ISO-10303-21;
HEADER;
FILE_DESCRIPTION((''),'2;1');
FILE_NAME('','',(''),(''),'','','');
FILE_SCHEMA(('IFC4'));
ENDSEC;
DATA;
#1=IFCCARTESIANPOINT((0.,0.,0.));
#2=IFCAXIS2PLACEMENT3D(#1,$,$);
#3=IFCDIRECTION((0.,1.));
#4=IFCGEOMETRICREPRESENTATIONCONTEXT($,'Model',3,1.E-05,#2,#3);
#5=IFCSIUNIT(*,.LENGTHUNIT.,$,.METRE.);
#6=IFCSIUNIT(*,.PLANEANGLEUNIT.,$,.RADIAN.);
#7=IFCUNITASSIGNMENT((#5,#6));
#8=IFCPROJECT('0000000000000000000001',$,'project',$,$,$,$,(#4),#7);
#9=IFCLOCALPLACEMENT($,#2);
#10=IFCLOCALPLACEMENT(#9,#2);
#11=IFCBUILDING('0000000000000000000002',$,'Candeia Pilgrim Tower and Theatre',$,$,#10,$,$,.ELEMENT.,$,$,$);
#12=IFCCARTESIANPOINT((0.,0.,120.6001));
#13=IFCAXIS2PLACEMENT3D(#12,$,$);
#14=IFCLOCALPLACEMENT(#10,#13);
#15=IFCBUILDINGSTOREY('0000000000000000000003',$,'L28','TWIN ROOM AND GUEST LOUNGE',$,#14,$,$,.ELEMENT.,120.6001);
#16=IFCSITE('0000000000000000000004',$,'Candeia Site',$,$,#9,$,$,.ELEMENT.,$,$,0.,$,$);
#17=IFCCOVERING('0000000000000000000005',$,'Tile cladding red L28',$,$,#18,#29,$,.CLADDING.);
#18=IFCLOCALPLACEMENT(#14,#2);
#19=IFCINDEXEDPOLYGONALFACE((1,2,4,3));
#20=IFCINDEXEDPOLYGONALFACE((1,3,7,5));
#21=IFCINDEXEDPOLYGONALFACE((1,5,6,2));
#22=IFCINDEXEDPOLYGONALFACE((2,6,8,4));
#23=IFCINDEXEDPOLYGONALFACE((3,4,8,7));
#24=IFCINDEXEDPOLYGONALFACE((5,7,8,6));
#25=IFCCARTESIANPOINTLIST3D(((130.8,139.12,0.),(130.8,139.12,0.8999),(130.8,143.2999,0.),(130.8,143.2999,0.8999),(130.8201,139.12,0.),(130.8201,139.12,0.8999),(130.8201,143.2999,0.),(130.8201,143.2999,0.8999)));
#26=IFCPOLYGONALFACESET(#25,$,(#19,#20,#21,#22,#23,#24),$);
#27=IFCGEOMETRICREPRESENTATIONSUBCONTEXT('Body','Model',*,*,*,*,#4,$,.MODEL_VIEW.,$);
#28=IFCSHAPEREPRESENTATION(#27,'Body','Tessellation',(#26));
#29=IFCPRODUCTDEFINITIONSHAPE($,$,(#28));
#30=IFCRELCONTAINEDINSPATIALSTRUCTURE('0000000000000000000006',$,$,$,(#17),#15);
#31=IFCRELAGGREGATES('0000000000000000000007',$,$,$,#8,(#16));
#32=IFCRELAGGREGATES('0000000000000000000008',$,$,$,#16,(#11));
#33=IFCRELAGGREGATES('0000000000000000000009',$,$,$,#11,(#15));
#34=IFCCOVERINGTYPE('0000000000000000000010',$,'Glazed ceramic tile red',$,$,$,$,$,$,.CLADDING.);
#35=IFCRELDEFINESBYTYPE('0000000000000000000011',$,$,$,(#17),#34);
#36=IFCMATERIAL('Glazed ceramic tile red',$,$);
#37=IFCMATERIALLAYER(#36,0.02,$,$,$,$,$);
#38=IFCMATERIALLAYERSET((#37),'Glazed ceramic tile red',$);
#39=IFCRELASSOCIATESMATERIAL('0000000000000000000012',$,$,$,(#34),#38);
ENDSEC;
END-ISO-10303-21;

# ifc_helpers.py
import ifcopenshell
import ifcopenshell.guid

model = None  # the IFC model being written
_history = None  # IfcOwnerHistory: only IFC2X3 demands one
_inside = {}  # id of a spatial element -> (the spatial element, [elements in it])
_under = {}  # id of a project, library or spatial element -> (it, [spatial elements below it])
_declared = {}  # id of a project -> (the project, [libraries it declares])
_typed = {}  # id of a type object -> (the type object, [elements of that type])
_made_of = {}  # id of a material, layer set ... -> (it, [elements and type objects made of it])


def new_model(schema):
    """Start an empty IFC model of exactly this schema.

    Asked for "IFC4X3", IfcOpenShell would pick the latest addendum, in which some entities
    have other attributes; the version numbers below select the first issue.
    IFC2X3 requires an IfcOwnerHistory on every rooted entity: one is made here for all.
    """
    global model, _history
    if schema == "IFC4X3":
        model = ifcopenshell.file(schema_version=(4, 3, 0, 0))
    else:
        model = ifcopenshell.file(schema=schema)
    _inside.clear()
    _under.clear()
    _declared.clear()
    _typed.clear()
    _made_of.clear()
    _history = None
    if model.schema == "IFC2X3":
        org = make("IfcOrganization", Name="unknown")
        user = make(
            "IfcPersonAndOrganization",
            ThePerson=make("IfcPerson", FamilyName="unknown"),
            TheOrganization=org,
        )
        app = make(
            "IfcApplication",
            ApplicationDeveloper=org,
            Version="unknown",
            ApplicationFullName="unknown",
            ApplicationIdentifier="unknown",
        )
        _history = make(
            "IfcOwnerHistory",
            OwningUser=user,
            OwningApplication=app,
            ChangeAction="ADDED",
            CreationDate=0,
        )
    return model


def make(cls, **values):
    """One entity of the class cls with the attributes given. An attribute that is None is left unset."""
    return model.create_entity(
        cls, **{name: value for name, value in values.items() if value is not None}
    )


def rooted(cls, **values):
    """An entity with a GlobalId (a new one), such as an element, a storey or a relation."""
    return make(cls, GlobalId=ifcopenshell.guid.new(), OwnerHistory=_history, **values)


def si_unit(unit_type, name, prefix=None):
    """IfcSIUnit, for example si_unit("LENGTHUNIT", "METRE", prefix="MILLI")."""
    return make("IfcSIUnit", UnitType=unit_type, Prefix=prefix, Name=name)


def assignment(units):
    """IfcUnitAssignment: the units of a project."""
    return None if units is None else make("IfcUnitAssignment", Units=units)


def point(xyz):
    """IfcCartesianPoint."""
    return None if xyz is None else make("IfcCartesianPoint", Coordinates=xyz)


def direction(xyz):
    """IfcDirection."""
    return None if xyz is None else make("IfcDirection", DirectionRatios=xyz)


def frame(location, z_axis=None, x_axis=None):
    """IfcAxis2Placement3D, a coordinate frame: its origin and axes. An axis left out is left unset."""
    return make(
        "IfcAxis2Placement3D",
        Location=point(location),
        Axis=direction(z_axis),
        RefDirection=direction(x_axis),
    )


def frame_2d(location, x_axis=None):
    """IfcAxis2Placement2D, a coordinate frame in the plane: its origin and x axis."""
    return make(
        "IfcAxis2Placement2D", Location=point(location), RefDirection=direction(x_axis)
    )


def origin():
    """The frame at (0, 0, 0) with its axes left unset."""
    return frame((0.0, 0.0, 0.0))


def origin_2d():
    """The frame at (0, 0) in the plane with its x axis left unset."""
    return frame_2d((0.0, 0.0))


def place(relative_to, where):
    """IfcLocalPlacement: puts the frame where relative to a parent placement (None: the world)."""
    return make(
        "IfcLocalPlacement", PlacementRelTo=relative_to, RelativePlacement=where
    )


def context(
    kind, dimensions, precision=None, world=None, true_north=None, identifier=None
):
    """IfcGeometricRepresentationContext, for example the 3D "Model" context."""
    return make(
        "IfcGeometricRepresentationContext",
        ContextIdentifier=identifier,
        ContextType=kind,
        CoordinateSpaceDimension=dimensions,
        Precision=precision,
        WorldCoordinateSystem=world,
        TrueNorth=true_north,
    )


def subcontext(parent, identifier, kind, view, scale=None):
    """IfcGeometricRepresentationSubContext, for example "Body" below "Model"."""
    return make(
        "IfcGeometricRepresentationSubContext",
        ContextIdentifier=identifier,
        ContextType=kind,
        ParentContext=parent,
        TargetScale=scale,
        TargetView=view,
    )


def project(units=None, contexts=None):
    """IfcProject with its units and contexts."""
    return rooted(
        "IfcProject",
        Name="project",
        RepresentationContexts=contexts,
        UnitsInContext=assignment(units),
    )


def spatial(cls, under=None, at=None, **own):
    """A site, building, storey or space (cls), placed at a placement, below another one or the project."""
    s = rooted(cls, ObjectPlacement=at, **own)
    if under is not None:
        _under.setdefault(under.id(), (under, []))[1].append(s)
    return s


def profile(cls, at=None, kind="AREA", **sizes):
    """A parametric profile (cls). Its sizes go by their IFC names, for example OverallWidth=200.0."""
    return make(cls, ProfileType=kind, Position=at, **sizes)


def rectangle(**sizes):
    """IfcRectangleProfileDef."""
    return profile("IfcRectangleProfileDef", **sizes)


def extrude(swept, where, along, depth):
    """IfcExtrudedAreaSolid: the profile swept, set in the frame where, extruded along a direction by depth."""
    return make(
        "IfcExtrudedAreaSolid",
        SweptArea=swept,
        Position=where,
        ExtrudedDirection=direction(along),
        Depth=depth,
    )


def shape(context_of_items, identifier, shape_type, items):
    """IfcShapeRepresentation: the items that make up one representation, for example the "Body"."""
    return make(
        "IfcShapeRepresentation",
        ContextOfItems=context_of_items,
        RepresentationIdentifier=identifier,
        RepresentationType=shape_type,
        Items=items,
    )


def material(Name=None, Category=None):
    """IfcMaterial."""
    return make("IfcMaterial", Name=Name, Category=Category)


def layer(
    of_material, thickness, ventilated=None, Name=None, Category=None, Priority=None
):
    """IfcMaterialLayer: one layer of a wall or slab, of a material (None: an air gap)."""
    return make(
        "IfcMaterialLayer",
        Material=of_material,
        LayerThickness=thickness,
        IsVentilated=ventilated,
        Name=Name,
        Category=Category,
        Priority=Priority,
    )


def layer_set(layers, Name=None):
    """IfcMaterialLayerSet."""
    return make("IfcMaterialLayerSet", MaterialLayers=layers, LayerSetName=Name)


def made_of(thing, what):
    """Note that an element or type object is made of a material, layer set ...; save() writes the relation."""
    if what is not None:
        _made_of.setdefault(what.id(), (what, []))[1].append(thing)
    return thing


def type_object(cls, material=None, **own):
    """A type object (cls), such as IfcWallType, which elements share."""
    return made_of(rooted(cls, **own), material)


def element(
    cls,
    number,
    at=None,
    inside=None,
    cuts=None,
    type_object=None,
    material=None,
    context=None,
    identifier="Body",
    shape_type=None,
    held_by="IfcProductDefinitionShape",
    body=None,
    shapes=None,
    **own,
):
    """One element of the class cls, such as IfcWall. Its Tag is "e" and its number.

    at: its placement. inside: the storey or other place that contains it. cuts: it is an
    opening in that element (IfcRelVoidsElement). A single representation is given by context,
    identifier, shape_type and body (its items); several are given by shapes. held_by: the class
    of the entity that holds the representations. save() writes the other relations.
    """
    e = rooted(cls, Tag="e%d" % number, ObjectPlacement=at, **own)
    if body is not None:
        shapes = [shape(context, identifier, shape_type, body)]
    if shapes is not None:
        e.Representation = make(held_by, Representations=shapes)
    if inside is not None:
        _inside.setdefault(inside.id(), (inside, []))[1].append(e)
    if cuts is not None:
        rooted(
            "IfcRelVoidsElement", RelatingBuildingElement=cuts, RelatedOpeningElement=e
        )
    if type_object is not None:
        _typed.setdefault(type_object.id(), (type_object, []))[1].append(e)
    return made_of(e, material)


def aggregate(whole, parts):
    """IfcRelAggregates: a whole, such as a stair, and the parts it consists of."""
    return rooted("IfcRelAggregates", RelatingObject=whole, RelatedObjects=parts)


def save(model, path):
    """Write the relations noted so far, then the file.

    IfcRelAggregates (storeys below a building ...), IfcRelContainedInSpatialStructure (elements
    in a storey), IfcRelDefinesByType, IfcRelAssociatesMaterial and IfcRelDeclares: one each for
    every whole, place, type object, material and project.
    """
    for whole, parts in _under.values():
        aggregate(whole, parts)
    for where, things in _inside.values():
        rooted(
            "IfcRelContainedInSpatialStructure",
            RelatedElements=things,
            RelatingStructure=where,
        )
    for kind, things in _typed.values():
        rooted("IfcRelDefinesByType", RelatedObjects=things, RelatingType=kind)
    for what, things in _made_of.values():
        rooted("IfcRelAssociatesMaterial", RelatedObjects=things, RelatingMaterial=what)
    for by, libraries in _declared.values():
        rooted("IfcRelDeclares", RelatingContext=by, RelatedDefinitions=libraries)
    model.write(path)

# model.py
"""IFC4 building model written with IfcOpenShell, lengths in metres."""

from ifc_helpers import new_model, si_unit, direction, frame, origin, origin_2d, place, context, subcontext, project, spatial, rectangle, extrude, material, layer, layer_set, type_object, element, save


model = new_model("IFC4")

# Units and contexts
model_context = context("Model", 3, precision=1e-05, world=origin(), true_north=direction((0.0, 1.0)))
body_context = subcontext(model_context, "Body", "Model", "MODEL_VIEW")
ifc_project = project(units=[si_unit("LENGTHUNIT", "METRE"), si_unit("PLANEANGLEUNIT", "RADIAN")], contexts=[model_context])

# Site, building, storey
site_placement = place(None, origin())
site = spatial("IfcSite", under=ifc_project, at=site_placement, Name="Candeia Site", CompositionType="ELEMENT", RefElevation=0.0)
building_placement = place(site_placement, origin())
building = spatial("IfcBuilding", under=site, at=building_placement, Name="Candeia Pilgrim Tower and Theatre", CompositionType="ELEMENT")
storey_placement = place(building_placement, frame((0.0, 0.0, 120.6001)))
storey = spatial("IfcBuildingStorey", under=building, at=storey_placement, Name="L28", Description="TWIN ROOM AND GUEST LOUNGE", CompositionType="ELEMENT", Elevation=120.6001)

# Covering
ifc_material_1 = material(Name="Glazed ceramic tile red")
ifc_layer_1 = layer(ifc_material_1, 0.02)
ifc_layer_set_1 = layer_set([ifc_layer_1], Name="Glazed ceramic tile red")
covering_type = type_object("IfcCoveringType", Name="Glazed ceramic tile red", PredefinedType="CLADDING", material=ifc_layer_set_1)
covering_1_placement = place(storey_placement, frame((130.8101, 141.21, 0.0), z_axis=(0.0, 0.0, 1.0), x_axis=(0.0, 1.0, 0.0)))
element("IfcCovering", 1, at=covering_1_placement, inside=storey, type_object=covering_type, Name="Tile cladding red L28", PredefinedType="CLADDING", context=body_context, shape_type="SweptSolid", body=[
    extrude(rectangle(XDim=4.1799, YDim=0.02, at=origin_2d()), origin(), (0.0, 0.0, 1.0), 0.8999),
])

save(model, "model.ifc")
